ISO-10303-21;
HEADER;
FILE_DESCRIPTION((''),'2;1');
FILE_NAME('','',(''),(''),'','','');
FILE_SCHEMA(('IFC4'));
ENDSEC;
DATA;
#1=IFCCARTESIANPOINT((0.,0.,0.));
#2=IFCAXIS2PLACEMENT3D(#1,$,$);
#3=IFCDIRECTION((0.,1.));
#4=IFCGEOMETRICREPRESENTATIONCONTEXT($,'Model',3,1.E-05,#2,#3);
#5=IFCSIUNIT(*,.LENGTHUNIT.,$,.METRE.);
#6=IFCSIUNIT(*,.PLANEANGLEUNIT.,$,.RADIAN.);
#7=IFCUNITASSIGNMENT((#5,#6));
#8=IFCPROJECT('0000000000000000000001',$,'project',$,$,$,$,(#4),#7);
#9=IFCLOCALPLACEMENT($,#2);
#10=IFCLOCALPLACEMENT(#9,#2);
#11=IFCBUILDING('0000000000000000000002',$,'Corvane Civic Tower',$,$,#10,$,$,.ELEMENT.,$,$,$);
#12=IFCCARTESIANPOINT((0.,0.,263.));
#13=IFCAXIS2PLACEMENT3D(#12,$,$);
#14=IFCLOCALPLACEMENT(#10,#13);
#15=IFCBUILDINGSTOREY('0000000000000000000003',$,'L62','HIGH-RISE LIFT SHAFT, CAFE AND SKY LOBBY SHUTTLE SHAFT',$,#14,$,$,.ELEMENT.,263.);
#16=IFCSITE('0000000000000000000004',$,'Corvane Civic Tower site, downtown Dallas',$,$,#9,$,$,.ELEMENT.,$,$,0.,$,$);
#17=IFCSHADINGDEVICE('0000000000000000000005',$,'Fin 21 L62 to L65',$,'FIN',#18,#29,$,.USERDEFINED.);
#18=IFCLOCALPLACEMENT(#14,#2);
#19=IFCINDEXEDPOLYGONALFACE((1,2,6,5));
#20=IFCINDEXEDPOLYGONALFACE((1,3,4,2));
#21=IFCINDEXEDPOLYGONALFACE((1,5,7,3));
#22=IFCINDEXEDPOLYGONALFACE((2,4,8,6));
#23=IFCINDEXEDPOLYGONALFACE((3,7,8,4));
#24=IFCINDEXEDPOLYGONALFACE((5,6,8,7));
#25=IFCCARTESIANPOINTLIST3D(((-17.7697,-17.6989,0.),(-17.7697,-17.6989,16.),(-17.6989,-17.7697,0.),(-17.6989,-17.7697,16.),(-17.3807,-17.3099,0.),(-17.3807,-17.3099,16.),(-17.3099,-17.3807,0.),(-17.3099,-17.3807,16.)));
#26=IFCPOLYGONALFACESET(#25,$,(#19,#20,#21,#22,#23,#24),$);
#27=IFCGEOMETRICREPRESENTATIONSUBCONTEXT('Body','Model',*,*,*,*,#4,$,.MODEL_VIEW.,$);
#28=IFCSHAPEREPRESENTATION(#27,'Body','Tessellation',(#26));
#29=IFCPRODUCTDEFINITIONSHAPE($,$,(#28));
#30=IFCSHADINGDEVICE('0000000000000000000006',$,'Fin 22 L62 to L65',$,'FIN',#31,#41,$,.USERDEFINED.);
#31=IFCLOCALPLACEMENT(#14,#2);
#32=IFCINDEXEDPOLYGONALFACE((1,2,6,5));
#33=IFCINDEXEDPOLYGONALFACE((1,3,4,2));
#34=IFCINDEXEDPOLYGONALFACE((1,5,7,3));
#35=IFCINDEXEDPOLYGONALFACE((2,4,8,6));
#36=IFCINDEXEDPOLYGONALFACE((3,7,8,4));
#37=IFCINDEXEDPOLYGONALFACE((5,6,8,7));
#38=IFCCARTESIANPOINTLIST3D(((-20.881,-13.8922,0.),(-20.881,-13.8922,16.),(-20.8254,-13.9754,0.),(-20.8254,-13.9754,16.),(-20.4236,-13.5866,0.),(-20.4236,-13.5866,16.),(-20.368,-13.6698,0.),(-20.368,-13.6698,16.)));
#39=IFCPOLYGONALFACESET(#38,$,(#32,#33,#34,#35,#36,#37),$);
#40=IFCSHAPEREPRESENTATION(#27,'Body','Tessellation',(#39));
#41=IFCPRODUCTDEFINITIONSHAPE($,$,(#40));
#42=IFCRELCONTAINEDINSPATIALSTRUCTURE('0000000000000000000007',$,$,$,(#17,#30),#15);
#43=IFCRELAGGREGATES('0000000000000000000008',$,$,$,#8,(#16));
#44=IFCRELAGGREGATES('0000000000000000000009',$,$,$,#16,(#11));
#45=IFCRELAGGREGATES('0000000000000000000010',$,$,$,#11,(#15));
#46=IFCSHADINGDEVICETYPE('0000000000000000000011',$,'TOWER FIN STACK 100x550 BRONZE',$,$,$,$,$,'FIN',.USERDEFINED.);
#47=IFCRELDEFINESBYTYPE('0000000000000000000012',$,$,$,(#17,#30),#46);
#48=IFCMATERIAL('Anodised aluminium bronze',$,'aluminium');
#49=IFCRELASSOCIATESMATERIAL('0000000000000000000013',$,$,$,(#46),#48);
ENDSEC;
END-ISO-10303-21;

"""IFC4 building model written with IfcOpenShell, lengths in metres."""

from ifc_helpers import new_model, si_unit, direction, frame, origin, origin_2d, place, context, subcontext, project, spatial, rectangle, extrude, material, material_profile, profile_set, type_object, element, save


model = new_model("IFC4")

# Units and contexts
model_context = context("Model", 3, precision=1e-05, world=origin(), true_north=direction((0.0, 1.0)))
body_context = subcontext(model_context, "Body", "Model", "MODEL_VIEW")
ifc_project = project(units=[si_unit("LENGTHUNIT", "METRE"), si_unit("PLANEANGLEUNIT", "RADIAN")], contexts=[model_context])

# Site, building, storey
site_placement = place(None, origin())
site = spatial("IfcSite", under=ifc_project, at=site_placement, Name="Corvane Civic Tower site, downtown Dallas", CompositionType="ELEMENT", RefElevation=0.0)
building_placement = place(site_placement, origin())
building = spatial("IfcBuilding", under=site, at=building_placement, Name="Corvane Civic Tower", CompositionType="ELEMENT")
storey_placement = place(building_placement, frame((0.0, 0.0, 263.0)))
storey = spatial("IfcBuildingStorey", under=building, at=storey_placement, Name="L62", Description="HIGH-RISE LIFT SHAFT, CAFE AND SKY LOBBY SHUTTLE SHAFT", CompositionType="ELEMENT", Elevation=263.0)

# Shading devices
ifc_material_1 = material(Name="Anodised aluminium bronze", Category="aluminium")
ifc_material_profile_1 = material_profile(ifc_material_1, rectangle(XDim=0.1001, YDim=0.55, at=origin_2d()), Name="TOWER FIN STACK 100x550 BRONZE")
ifc_profile_set_1 = profile_set([ifc_material_profile_1], Name="Anodised aluminium bronze")
shading_device_type = type_object("IfcShadingDeviceType", Name="TOWER FIN STACK 100x550 BRONZE", ElementType="FIN", PredefinedType="USERDEFINED", material=ifc_profile_set_1)
for number, where, z_axis, x_axis, name in (
    (1, (-17.5398, -17.5398, 0.0), (0.0, 0.0, 1.0), (-0.707107, 0.707107, 0.0), "Fin 21 L62 to L65"),
    (2, (-20.6245, -13.781, 0.0), (0.0, 0.0, 1.0), (-0.55557, 0.83147, 0.0), "Fin 22 L62 to L65"),
):
    element("IfcShadingDevice", number, at=place(storey_placement, frame(where, z_axis=z_axis, x_axis=x_axis)), inside=storey, type_object=shading_device_type, Name=name, ObjectType="FIN", PredefinedType="USERDEFINED", context=body_context, shape_type="SweptSolid", body=[
        extrude(rectangle(XDim=0.1001, YDim=0.55, at=origin_2d()), origin(), (0.0, 0.0, 1.0), 16.0),
    ])

save(model, "model.ifc")
